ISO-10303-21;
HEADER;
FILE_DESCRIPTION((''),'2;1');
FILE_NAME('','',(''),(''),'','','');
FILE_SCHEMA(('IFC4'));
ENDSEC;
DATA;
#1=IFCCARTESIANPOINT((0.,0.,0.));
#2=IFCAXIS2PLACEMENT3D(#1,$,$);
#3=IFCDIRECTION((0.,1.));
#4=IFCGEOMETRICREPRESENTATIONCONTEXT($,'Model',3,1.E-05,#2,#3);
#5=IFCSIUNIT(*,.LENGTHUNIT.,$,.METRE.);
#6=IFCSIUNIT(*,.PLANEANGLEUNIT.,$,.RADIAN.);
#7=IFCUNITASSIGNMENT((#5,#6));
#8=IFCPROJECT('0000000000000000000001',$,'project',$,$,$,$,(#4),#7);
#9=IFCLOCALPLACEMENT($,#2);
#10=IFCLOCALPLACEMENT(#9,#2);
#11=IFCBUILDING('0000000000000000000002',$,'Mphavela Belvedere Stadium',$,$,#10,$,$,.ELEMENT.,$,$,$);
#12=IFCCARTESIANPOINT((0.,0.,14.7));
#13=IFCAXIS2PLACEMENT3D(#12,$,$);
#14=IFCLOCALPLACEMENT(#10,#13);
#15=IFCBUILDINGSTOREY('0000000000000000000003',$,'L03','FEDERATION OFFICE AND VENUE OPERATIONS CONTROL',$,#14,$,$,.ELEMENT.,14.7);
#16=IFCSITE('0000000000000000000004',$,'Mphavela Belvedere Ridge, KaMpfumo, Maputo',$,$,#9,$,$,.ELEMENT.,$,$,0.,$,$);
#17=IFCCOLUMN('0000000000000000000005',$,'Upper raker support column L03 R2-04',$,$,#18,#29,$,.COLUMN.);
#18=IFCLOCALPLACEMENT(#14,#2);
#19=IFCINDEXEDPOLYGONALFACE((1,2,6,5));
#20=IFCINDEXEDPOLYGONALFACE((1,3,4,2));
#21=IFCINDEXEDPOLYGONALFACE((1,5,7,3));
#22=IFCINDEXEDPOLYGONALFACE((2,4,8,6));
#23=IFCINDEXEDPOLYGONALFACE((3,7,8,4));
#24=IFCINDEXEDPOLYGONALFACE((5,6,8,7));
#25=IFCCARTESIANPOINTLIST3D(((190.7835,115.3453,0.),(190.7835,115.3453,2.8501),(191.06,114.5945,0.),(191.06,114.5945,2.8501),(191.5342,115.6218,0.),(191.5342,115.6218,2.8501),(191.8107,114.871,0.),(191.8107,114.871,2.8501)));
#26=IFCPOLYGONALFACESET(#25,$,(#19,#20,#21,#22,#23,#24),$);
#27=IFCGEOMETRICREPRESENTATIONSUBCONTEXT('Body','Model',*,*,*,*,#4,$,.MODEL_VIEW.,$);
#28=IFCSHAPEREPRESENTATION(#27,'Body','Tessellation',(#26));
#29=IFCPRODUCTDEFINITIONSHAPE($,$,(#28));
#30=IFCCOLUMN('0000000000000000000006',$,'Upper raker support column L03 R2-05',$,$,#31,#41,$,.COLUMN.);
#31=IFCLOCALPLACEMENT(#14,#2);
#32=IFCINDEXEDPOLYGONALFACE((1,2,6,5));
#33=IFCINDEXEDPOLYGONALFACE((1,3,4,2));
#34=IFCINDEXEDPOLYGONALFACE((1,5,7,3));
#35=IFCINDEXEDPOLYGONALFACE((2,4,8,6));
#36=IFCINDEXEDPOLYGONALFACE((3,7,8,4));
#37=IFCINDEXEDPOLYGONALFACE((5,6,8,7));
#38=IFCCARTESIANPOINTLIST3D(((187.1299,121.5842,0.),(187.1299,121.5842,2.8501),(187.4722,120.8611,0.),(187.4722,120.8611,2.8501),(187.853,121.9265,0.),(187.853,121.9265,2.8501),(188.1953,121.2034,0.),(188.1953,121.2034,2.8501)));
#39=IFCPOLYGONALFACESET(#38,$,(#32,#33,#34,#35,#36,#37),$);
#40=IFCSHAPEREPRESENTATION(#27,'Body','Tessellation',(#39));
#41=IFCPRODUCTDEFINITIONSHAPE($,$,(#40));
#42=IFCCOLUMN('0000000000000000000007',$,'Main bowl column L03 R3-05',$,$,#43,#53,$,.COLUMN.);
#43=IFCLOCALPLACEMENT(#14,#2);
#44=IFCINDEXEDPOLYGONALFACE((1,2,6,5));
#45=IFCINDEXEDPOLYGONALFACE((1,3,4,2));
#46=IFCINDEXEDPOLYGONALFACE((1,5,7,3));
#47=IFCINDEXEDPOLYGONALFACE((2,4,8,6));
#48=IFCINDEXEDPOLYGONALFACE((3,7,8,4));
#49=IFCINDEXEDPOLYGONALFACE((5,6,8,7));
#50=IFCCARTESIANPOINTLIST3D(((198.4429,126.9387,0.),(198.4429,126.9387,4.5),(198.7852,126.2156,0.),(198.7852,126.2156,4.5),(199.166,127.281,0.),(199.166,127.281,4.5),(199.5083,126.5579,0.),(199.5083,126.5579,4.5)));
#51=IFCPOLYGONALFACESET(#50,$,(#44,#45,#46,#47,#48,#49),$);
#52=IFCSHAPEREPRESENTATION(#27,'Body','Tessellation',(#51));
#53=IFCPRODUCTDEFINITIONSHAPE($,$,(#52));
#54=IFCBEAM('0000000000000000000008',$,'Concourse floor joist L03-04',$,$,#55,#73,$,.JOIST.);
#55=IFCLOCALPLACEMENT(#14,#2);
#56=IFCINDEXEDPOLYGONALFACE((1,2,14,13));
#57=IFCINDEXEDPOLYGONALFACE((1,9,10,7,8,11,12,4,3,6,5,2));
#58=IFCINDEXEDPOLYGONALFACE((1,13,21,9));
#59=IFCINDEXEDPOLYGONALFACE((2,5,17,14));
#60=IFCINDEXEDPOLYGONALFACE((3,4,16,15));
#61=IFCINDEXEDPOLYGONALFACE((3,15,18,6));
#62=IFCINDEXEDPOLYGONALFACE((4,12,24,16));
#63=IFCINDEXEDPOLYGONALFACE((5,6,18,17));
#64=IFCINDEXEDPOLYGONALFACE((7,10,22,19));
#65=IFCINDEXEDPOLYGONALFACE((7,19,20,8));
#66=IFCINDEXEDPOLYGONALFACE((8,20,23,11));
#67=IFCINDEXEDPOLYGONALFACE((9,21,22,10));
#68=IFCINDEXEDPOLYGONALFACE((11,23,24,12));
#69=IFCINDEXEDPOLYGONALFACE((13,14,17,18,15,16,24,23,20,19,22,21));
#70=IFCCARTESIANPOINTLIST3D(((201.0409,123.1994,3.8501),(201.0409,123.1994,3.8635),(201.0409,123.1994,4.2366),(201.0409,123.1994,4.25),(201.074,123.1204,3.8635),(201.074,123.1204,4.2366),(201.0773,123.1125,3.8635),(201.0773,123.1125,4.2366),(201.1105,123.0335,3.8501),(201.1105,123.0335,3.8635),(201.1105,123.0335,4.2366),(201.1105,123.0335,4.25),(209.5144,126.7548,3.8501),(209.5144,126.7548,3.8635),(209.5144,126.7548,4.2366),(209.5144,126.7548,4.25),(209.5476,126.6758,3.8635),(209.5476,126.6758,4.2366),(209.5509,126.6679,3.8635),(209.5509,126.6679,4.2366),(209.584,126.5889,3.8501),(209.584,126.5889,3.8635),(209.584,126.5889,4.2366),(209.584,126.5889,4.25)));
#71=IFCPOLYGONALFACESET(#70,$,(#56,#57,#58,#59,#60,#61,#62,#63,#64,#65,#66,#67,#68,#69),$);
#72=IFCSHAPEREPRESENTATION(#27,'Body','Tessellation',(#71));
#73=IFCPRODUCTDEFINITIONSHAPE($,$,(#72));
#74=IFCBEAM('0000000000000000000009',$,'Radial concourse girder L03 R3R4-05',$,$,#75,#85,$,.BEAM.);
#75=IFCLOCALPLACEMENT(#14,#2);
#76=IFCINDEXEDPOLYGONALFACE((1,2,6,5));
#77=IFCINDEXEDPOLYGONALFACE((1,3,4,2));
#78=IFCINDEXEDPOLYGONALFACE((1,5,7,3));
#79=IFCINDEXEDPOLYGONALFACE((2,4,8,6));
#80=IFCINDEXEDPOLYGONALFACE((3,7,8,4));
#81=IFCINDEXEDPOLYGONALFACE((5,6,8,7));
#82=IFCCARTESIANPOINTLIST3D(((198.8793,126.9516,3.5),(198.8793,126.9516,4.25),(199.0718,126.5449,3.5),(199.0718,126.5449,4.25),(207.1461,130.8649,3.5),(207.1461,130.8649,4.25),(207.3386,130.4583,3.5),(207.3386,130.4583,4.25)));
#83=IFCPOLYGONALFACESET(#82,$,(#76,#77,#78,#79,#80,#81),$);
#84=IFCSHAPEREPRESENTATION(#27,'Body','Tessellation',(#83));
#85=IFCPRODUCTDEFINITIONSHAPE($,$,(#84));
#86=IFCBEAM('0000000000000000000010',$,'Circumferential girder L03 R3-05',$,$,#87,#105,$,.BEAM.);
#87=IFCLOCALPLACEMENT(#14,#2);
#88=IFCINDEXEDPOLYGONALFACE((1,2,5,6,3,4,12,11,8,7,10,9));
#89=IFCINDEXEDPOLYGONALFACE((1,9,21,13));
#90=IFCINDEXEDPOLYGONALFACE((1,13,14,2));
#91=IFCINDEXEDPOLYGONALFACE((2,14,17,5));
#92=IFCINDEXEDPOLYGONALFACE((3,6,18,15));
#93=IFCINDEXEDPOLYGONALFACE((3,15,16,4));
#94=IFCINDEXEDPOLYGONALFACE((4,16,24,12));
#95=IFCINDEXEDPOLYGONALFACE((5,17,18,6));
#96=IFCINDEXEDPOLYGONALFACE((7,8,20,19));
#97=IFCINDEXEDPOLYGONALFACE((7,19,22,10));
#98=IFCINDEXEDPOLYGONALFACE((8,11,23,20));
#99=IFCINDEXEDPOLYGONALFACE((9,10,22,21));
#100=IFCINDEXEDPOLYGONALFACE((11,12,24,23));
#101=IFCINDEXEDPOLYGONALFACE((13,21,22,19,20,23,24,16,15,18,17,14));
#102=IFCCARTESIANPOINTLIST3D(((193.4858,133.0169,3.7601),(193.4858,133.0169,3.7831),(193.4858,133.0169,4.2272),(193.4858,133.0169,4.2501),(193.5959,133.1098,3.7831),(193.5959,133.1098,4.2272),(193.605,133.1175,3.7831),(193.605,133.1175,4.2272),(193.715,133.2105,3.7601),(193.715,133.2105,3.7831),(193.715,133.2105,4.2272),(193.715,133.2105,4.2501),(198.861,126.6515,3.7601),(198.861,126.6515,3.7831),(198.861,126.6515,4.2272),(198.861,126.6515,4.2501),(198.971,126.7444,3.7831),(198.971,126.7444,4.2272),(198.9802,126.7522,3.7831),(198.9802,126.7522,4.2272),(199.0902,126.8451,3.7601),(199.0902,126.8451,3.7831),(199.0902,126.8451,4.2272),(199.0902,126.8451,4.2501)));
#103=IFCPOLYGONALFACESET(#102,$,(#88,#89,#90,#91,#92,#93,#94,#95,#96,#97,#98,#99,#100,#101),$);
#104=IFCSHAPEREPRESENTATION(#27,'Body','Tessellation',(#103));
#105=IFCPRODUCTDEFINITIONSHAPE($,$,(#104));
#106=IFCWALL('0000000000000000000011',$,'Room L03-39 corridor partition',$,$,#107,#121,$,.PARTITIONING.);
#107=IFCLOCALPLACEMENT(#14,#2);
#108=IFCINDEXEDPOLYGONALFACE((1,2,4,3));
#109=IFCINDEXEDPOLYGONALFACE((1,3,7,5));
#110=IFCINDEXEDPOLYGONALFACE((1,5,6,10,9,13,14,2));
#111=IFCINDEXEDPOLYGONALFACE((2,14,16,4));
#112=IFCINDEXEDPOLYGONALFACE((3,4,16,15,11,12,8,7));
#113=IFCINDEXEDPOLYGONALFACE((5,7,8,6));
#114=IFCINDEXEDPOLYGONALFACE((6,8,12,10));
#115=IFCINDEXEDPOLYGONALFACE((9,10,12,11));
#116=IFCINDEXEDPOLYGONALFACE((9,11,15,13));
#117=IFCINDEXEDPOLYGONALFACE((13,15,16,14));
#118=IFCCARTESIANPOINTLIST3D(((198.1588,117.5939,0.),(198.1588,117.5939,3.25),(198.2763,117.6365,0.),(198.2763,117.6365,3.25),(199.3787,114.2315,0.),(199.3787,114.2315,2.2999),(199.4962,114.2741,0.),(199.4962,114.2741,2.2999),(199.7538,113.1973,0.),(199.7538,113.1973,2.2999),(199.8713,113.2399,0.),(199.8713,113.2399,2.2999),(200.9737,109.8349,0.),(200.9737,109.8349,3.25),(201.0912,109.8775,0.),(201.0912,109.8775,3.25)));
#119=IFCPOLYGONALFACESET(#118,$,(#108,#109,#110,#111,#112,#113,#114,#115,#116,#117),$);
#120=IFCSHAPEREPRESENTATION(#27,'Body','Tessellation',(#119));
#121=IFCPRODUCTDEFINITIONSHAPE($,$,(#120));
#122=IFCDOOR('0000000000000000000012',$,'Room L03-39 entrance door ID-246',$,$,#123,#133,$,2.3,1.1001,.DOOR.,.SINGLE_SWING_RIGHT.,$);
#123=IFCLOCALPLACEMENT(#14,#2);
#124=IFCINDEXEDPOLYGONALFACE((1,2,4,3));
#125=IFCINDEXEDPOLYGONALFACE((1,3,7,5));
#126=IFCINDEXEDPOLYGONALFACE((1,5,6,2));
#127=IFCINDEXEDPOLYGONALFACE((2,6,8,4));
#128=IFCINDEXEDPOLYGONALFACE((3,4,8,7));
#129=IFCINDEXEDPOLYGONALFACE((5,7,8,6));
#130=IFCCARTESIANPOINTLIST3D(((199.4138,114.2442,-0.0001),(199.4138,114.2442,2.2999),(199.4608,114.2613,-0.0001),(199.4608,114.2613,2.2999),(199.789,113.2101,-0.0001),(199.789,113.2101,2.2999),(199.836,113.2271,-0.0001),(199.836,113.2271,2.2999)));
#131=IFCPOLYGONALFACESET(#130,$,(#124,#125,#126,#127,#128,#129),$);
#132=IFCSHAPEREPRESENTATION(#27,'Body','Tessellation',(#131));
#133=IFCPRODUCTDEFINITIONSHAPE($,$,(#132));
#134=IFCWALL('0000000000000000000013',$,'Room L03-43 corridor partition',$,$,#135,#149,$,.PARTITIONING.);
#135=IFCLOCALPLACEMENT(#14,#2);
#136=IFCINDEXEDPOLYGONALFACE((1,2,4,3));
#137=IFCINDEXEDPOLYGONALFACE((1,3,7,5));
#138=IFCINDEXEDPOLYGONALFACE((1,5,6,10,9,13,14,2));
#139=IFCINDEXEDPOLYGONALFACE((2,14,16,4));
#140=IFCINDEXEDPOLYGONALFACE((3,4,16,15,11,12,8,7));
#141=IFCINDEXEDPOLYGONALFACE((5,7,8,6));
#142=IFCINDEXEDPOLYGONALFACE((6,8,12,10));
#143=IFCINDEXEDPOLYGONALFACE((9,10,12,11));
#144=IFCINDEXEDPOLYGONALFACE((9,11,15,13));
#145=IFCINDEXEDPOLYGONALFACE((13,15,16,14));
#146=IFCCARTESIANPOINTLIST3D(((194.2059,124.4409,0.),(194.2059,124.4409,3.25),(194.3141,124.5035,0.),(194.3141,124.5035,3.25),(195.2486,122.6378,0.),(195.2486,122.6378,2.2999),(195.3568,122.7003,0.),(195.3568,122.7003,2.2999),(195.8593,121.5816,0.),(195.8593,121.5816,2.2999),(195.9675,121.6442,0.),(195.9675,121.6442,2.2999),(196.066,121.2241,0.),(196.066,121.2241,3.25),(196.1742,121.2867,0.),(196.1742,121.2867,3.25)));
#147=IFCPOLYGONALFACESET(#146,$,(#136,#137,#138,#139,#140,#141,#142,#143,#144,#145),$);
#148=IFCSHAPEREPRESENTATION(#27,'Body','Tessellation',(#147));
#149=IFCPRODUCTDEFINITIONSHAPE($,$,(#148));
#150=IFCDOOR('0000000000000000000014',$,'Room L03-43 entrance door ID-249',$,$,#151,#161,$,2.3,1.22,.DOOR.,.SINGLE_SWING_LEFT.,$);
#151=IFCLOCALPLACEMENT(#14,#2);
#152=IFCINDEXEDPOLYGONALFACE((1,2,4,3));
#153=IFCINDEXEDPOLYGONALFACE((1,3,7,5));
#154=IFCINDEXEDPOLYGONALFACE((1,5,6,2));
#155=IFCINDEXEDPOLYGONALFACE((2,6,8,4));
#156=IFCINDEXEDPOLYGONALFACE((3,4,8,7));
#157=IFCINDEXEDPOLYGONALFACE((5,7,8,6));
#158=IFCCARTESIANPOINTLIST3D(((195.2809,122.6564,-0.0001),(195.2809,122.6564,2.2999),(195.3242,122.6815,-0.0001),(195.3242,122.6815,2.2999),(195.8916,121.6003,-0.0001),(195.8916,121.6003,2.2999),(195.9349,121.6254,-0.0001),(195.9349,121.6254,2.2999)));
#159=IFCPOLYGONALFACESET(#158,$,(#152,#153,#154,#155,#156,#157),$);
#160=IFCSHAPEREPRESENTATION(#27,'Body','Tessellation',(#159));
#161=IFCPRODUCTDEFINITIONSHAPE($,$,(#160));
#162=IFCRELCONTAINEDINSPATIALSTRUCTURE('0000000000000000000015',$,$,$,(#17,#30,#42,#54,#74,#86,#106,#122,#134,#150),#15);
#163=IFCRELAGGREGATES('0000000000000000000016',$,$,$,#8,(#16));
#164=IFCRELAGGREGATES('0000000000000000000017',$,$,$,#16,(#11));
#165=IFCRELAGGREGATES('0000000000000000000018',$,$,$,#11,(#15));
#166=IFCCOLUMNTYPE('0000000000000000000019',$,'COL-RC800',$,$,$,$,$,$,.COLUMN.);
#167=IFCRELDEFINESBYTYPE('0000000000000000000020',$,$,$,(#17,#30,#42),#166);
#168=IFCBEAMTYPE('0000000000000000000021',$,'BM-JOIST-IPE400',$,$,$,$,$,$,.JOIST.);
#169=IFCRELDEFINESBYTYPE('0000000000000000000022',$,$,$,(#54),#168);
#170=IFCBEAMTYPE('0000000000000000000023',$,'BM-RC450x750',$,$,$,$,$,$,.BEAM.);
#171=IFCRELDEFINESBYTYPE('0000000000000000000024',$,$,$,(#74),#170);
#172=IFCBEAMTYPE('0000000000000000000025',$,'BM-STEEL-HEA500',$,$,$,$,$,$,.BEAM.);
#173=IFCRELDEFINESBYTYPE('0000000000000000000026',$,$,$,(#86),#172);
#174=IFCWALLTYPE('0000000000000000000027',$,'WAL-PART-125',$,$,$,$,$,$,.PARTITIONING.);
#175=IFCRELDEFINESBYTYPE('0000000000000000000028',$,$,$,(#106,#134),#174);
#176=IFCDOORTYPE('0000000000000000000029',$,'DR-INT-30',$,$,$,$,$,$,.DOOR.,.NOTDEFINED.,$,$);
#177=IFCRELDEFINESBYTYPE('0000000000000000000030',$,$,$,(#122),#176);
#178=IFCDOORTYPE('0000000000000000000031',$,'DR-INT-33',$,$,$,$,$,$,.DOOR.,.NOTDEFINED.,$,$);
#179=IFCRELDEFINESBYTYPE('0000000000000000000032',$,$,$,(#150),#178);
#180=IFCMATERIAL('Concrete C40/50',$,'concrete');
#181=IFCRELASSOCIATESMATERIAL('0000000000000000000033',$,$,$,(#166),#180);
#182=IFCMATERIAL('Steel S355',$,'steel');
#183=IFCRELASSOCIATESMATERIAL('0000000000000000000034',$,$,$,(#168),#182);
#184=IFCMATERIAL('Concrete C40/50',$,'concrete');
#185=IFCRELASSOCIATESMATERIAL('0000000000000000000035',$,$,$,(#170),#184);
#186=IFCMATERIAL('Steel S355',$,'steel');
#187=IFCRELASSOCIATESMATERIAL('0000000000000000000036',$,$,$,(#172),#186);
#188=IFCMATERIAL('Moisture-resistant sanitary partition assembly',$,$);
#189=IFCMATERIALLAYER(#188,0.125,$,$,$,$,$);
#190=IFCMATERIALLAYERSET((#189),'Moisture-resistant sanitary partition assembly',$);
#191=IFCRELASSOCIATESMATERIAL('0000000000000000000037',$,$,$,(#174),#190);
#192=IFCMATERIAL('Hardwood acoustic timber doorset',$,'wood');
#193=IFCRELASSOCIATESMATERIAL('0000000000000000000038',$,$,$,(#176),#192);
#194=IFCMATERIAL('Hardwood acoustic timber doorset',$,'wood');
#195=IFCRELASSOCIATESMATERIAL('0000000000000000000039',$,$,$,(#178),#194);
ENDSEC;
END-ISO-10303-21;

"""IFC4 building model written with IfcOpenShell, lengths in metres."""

from ifc_helpers import new_model, si_unit, direction, frame, frame_2d, origin, origin_2d, place, context, subcontext, project, spatial, rectangle, i_section, extrude, material, layer, layer_set, material_profile, profile_set, type_object, element, fill, save


model = new_model("IFC4")

# Units and contexts
model_context = context("Model", 3, precision=1e-05, world=origin(), true_north=direction((0.0, 1.0)))
body_context = subcontext(model_context, "Body", "Model", "MODEL_VIEW")
ifc_project = project(units=[si_unit("LENGTHUNIT", "METRE"), si_unit("PLANEANGLEUNIT", "RADIAN")], contexts=[model_context])

# Site, building, storey
site_placement = place(None, origin())
site = spatial("IfcSite", under=ifc_project, at=site_placement, Name="Mphavela Belvedere Ridge, KaMpfumo, Maputo", CompositionType="ELEMENT", RefElevation=0.0)
building_placement = place(site_placement, origin())
building = spatial("IfcBuilding", under=site, at=building_placement, Name="Mphavela Belvedere Stadium", CompositionType="ELEMENT")
storey_placement = place(building_placement, frame((0.0, 0.0, 14.7)))
storey = spatial("IfcBuildingStorey", under=building, at=storey_placement, Name="L03", Description="FEDERATION OFFICE AND VENUE OPERATIONS CONTROL", CompositionType="ELEMENT", Elevation=14.7)

# Columns
ifc_material_1 = material(Name="Concrete C40/50", Category="concrete")
ifc_material_profile_1 = material_profile(ifc_material_1, rectangle(XDim=0.8, YDim=0.8, at=origin_2d()), Name="RC 800x800")
ifc_profile_set_1 = profile_set([ifc_material_profile_1], Name="Concrete C40/50")
column_type = type_object("IfcColumnType", Name="COL-RC800", PredefinedType="COLUMN", material=ifc_profile_set_1)
for number, where, z_axis, x_axis, name in (
    (1, (191.2971, 115.1082, 0.0), (0.0, 0.0, 1.0), (0.938372, 0.345626, 0.0), "Upper raker support column L03 R2-04"),
    (2, (187.6626, 121.3938, 0.0), (0.0, 0.0, 1.0), (0.903859, 0.427831, 0.0), "Upper raker support column L03 R2-05"),
):
    element("IfcColumn", number, at=place(storey_placement, frame(where, z_axis=z_axis, x_axis=x_axis)), inside=storey, type_object=column_type, Name=name, PredefinedType="COLUMN", context=body_context, shape_type="SweptSolid", body=[
        extrude(rectangle(XDim=0.8, YDim=0.8, at=origin_2d()), origin(), (0.0, 0.0, 1.0), 2.8501),
    ])
column_placement = place(storey_placement, frame((198.9756, 126.7483, 0.0), z_axis=(0.0, 0.0, 1.0), x_axis=(0.903859, 0.427831, 0.0)))
element("IfcColumn", 3, at=column_placement, inside=storey, type_object=column_type, Name="Main bowl column L03 R3-05", PredefinedType="COLUMN", context=body_context, shape_type="SweptSolid", body=[
    extrude(rectangle(XDim=0.8, YDim=0.8, at=origin_2d()), origin(), (0.0, 0.0, 1.0), 4.5),
])

# Beams
ifc_material_2 = material(Name="Steel S355", Category="steel")
ifc_material_profile_2 = material_profile(ifc_material_2, i_section(OverallWidth=0.1799, OverallDepth=0.3999, WebThickness=0.0085, FlangeThickness=0.0134, at=origin_2d()), Name="IPE 400")
ifc_profile_set_2 = profile_set([ifc_material_profile_2], Name="Steel S355")
beam_type_1 = type_object("IfcBeamType", Name="BM-JOIST-IPE400", PredefinedType="JOIST", material=ifc_profile_set_2)
beam_1_placement = place(storey_placement, frame((201.0757, 123.1165, 4.05), z_axis=(0.922118, 0.386908, 0.0), x_axis=(-0.386908, 0.922118, 0.0)))
element("IfcBeam", 4, at=beam_1_placement, inside=storey, type_object=beam_type_1, Name="Concourse floor joist L03-04", PredefinedType="JOIST", context=body_context, shape_type="SweptSolid", body=[
    extrude(i_section(OverallWidth=0.1799, OverallDepth=0.3999, WebThickness=0.0085, FlangeThickness=0.0134, at=origin_2d()), origin(), (0.0, 0.0, 1.0), 9.1892),
])
ifc_material_3 = material(Name="Concrete C40/50", Category="concrete")
ifc_material_profile_3 = material_profile(ifc_material_3, rectangle(XDim=0.45, YDim=0.75, at=origin_2d()), Name="RC 450x750")
ifc_profile_set_3 = profile_set([ifc_material_profile_3], Name="Concrete C40/50")
beam_type_2 = type_object("IfcBeamType", Name="BM-RC450x750", PredefinedType="BEAM", material=ifc_profile_set_3)
beam_2_placement = place(storey_placement, frame((198.9756, 126.7483, 3.875), z_axis=(0.903845, 0.427859, 0.0), x_axis=(-0.427859, 0.903845, 0.0)))
element("IfcBeam", 5, at=beam_2_placement, inside=storey, type_object=beam_type_2, Name="Radial concourse girder L03 R3R4-05", PredefinedType="BEAM", context=body_context, shape_type="SweptSolid", body=[
    extrude(rectangle(XDim=0.45, YDim=0.75, at=origin_2d()), origin(), (0.0, 0.0, 1.0), 9.1462),
])
ifc_material_4 = material(Name="Steel S355", Category="steel")
ifc_material_profile_4 = material_profile(ifc_material_4, i_section(OverallWidth=0.3, OverallDepth=0.49, WebThickness=0.012, FlangeThickness=0.0229, at=origin_2d()), Name="HEA 500")
ifc_profile_set_4 = profile_set([ifc_material_profile_4], Name="Steel S355")
beam_type_3 = type_object("IfcBeamType", Name="BM-STEEL-HEA500", PredefinedType="BEAM", material=ifc_profile_set_4)
beam_3_placement = place(storey_placement, frame((198.9756, 126.7483, 4.0051), z_axis=(-0.645177, 0.764033, 0.0), x_axis=(-0.764033, -0.645177, 0.0)))
element("IfcBeam", 6, at=beam_3_placement, inside=storey, type_object=beam_type_3, Name="Circumferential girder L03 R3-05", PredefinedType="BEAM", context=body_context, shape_type="SweptSolid", body=[
    extrude(i_section(OverallWidth=0.3, OverallDepth=0.49, WebThickness=0.012, FlangeThickness=0.0229, at=origin_2d()), origin(), (0.0, 0.0, 1.0), 8.3313),
])

# Walls, openings, doors
ifc_material_5 = material(Name="Moisture-resistant sanitary partition assembly")
ifc_layer_1 = layer(ifc_material_5, 0.125)
ifc_layer_set_1 = layer_set([ifc_layer_1], Name="Moisture-resistant sanitary partition assembly")
wall_type_1 = type_object("IfcWallType", Name="WAL-PART-125", PredefinedType="PARTITIONING", material=ifc_layer_set_1)
wall_1_placement = place(storey_placement, frame((198.2175, 117.6152, 0.0), z_axis=(0.0, 0.0, 1.0), x_axis=(0.341045, -0.940047, 0.0)))
wall_1 = element("IfcWall", 7, at=wall_1_placement, inside=storey, type_object=wall_type_1, Name="Room L03-39 corridor partition", PredefinedType="PARTITIONING", context=body_context, shape_type="SweptSolid", body=[
    extrude(rectangle(XDim=8.2539, YDim=0.125, at=frame_2d((4.127, 0.0))), origin(), (0.0, 0.0, 1.0), 3.25),
])
opening_1_placement = place(wall_1_placement, frame((3.5769, 0.0, 0.0)))
opening_1 = element("IfcOpeningElement", 8, at=opening_1_placement, cuts=wall_1, PredefinedType="OPENING", context=body_context, shape_type="SweptSolid", body=[
    extrude(rectangle(XDim=1.1001, YDim=2.3, at=frame_2d((0.55, 1.1499))), frame((0.0, 0.0725, 0.0), z_axis=(0.0, -1.0, 0.0), x_axis=(1.0, 0.0, 0.0)), (0.0, 0.0, 1.0), 0.145),
])
ifc_material_6 = material(Name="Hardwood acoustic timber doorset", Category="wood")
door_type_1 = type_object("IfcDoorType", Name="DR-INT-30", OperationType="NOTDEFINED", PredefinedType="DOOR", material=ifc_material_6)
door_1_placement = place(opening_1_placement, origin())
door_1 = element("IfcDoor", 9, at=door_1_placement, inside=storey, type_object=door_type_1, Name="Room L03-39 entrance door ID-246", OperationType="SINGLE_SWING_RIGHT", OverallHeight=2.3, OverallWidth=1.1001, PredefinedType="DOOR", context=body_context, shape_type="SweptSolid", body=[
    extrude(rectangle(XDim=1.1001, YDim=2.3, at=frame_2d((0.55, 1.1499))), frame((0.0, 0.0249, 0.0), z_axis=(0.0, -1.0, 0.0), x_axis=(1.0, 0.0, 0.0)), (0.0, 0.0, 1.0), 0.05),
])
fill(opening_1, door_1)
wall_2_placement = place(storey_placement, frame((194.26, 124.4722, 0.0), z_axis=(0.0, 0.0, 1.0), x_axis=(0.500583, -0.865689, 0.0)))
wall_2 = element("IfcWall", 10, at=wall_2_placement, inside=storey, type_object=wall_type_1, Name="Room L03-43 corridor partition", PredefinedType="PARTITIONING", context=body_context, shape_type="SweptSolid", body=[
    extrude(rectangle(XDim=3.7158, YDim=0.125, at=frame_2d((1.8579, 0.0))), origin(), (0.0, 0.0, 1.0), 3.25),
])
opening_2_placement = place(wall_2_placement, frame((2.083, 0.0, 0.0)))
opening_2 = element("IfcOpeningElement", 11, at=opening_2_placement, cuts=wall_2, PredefinedType="OPENING", context=body_context, shape_type="SweptSolid", body=[
    extrude(rectangle(XDim=1.22, YDim=2.3, at=frame_2d((0.6099, 1.1499))), frame((0.0, 0.0725, 0.0), z_axis=(0.0, -1.0, 0.0), x_axis=(1.0, 0.0, 0.0)), (0.0, 0.0, 1.0), 0.145),
])
ifc_material_7 = material(Name="Hardwood acoustic timber doorset", Category="wood")
door_type_2 = type_object("IfcDoorType", Name="DR-INT-33", OperationType="NOTDEFINED", PredefinedType="DOOR", material=ifc_material_7)
door_2_placement = place(opening_2_placement, origin())
door_2 = element("IfcDoor", 12, at=door_2_placement, inside=storey, type_object=door_type_2, Name="Room L03-43 entrance door ID-249", OperationType="SINGLE_SWING_LEFT", OverallHeight=2.3, OverallWidth=1.22, PredefinedType="DOOR", context=body_context, shape_type="SweptSolid", body=[
    extrude(rectangle(XDim=1.22, YDim=2.3, at=frame_2d((0.6099, 1.1499))), frame((0.0, 0.0249, 0.0), z_axis=(0.0, -1.0, 0.0), x_axis=(1.0, 0.0, 0.0)), (0.0, 0.0, 1.0), 0.05),
])
fill(opening_2, door_2)

save(model, "model.ifc")
